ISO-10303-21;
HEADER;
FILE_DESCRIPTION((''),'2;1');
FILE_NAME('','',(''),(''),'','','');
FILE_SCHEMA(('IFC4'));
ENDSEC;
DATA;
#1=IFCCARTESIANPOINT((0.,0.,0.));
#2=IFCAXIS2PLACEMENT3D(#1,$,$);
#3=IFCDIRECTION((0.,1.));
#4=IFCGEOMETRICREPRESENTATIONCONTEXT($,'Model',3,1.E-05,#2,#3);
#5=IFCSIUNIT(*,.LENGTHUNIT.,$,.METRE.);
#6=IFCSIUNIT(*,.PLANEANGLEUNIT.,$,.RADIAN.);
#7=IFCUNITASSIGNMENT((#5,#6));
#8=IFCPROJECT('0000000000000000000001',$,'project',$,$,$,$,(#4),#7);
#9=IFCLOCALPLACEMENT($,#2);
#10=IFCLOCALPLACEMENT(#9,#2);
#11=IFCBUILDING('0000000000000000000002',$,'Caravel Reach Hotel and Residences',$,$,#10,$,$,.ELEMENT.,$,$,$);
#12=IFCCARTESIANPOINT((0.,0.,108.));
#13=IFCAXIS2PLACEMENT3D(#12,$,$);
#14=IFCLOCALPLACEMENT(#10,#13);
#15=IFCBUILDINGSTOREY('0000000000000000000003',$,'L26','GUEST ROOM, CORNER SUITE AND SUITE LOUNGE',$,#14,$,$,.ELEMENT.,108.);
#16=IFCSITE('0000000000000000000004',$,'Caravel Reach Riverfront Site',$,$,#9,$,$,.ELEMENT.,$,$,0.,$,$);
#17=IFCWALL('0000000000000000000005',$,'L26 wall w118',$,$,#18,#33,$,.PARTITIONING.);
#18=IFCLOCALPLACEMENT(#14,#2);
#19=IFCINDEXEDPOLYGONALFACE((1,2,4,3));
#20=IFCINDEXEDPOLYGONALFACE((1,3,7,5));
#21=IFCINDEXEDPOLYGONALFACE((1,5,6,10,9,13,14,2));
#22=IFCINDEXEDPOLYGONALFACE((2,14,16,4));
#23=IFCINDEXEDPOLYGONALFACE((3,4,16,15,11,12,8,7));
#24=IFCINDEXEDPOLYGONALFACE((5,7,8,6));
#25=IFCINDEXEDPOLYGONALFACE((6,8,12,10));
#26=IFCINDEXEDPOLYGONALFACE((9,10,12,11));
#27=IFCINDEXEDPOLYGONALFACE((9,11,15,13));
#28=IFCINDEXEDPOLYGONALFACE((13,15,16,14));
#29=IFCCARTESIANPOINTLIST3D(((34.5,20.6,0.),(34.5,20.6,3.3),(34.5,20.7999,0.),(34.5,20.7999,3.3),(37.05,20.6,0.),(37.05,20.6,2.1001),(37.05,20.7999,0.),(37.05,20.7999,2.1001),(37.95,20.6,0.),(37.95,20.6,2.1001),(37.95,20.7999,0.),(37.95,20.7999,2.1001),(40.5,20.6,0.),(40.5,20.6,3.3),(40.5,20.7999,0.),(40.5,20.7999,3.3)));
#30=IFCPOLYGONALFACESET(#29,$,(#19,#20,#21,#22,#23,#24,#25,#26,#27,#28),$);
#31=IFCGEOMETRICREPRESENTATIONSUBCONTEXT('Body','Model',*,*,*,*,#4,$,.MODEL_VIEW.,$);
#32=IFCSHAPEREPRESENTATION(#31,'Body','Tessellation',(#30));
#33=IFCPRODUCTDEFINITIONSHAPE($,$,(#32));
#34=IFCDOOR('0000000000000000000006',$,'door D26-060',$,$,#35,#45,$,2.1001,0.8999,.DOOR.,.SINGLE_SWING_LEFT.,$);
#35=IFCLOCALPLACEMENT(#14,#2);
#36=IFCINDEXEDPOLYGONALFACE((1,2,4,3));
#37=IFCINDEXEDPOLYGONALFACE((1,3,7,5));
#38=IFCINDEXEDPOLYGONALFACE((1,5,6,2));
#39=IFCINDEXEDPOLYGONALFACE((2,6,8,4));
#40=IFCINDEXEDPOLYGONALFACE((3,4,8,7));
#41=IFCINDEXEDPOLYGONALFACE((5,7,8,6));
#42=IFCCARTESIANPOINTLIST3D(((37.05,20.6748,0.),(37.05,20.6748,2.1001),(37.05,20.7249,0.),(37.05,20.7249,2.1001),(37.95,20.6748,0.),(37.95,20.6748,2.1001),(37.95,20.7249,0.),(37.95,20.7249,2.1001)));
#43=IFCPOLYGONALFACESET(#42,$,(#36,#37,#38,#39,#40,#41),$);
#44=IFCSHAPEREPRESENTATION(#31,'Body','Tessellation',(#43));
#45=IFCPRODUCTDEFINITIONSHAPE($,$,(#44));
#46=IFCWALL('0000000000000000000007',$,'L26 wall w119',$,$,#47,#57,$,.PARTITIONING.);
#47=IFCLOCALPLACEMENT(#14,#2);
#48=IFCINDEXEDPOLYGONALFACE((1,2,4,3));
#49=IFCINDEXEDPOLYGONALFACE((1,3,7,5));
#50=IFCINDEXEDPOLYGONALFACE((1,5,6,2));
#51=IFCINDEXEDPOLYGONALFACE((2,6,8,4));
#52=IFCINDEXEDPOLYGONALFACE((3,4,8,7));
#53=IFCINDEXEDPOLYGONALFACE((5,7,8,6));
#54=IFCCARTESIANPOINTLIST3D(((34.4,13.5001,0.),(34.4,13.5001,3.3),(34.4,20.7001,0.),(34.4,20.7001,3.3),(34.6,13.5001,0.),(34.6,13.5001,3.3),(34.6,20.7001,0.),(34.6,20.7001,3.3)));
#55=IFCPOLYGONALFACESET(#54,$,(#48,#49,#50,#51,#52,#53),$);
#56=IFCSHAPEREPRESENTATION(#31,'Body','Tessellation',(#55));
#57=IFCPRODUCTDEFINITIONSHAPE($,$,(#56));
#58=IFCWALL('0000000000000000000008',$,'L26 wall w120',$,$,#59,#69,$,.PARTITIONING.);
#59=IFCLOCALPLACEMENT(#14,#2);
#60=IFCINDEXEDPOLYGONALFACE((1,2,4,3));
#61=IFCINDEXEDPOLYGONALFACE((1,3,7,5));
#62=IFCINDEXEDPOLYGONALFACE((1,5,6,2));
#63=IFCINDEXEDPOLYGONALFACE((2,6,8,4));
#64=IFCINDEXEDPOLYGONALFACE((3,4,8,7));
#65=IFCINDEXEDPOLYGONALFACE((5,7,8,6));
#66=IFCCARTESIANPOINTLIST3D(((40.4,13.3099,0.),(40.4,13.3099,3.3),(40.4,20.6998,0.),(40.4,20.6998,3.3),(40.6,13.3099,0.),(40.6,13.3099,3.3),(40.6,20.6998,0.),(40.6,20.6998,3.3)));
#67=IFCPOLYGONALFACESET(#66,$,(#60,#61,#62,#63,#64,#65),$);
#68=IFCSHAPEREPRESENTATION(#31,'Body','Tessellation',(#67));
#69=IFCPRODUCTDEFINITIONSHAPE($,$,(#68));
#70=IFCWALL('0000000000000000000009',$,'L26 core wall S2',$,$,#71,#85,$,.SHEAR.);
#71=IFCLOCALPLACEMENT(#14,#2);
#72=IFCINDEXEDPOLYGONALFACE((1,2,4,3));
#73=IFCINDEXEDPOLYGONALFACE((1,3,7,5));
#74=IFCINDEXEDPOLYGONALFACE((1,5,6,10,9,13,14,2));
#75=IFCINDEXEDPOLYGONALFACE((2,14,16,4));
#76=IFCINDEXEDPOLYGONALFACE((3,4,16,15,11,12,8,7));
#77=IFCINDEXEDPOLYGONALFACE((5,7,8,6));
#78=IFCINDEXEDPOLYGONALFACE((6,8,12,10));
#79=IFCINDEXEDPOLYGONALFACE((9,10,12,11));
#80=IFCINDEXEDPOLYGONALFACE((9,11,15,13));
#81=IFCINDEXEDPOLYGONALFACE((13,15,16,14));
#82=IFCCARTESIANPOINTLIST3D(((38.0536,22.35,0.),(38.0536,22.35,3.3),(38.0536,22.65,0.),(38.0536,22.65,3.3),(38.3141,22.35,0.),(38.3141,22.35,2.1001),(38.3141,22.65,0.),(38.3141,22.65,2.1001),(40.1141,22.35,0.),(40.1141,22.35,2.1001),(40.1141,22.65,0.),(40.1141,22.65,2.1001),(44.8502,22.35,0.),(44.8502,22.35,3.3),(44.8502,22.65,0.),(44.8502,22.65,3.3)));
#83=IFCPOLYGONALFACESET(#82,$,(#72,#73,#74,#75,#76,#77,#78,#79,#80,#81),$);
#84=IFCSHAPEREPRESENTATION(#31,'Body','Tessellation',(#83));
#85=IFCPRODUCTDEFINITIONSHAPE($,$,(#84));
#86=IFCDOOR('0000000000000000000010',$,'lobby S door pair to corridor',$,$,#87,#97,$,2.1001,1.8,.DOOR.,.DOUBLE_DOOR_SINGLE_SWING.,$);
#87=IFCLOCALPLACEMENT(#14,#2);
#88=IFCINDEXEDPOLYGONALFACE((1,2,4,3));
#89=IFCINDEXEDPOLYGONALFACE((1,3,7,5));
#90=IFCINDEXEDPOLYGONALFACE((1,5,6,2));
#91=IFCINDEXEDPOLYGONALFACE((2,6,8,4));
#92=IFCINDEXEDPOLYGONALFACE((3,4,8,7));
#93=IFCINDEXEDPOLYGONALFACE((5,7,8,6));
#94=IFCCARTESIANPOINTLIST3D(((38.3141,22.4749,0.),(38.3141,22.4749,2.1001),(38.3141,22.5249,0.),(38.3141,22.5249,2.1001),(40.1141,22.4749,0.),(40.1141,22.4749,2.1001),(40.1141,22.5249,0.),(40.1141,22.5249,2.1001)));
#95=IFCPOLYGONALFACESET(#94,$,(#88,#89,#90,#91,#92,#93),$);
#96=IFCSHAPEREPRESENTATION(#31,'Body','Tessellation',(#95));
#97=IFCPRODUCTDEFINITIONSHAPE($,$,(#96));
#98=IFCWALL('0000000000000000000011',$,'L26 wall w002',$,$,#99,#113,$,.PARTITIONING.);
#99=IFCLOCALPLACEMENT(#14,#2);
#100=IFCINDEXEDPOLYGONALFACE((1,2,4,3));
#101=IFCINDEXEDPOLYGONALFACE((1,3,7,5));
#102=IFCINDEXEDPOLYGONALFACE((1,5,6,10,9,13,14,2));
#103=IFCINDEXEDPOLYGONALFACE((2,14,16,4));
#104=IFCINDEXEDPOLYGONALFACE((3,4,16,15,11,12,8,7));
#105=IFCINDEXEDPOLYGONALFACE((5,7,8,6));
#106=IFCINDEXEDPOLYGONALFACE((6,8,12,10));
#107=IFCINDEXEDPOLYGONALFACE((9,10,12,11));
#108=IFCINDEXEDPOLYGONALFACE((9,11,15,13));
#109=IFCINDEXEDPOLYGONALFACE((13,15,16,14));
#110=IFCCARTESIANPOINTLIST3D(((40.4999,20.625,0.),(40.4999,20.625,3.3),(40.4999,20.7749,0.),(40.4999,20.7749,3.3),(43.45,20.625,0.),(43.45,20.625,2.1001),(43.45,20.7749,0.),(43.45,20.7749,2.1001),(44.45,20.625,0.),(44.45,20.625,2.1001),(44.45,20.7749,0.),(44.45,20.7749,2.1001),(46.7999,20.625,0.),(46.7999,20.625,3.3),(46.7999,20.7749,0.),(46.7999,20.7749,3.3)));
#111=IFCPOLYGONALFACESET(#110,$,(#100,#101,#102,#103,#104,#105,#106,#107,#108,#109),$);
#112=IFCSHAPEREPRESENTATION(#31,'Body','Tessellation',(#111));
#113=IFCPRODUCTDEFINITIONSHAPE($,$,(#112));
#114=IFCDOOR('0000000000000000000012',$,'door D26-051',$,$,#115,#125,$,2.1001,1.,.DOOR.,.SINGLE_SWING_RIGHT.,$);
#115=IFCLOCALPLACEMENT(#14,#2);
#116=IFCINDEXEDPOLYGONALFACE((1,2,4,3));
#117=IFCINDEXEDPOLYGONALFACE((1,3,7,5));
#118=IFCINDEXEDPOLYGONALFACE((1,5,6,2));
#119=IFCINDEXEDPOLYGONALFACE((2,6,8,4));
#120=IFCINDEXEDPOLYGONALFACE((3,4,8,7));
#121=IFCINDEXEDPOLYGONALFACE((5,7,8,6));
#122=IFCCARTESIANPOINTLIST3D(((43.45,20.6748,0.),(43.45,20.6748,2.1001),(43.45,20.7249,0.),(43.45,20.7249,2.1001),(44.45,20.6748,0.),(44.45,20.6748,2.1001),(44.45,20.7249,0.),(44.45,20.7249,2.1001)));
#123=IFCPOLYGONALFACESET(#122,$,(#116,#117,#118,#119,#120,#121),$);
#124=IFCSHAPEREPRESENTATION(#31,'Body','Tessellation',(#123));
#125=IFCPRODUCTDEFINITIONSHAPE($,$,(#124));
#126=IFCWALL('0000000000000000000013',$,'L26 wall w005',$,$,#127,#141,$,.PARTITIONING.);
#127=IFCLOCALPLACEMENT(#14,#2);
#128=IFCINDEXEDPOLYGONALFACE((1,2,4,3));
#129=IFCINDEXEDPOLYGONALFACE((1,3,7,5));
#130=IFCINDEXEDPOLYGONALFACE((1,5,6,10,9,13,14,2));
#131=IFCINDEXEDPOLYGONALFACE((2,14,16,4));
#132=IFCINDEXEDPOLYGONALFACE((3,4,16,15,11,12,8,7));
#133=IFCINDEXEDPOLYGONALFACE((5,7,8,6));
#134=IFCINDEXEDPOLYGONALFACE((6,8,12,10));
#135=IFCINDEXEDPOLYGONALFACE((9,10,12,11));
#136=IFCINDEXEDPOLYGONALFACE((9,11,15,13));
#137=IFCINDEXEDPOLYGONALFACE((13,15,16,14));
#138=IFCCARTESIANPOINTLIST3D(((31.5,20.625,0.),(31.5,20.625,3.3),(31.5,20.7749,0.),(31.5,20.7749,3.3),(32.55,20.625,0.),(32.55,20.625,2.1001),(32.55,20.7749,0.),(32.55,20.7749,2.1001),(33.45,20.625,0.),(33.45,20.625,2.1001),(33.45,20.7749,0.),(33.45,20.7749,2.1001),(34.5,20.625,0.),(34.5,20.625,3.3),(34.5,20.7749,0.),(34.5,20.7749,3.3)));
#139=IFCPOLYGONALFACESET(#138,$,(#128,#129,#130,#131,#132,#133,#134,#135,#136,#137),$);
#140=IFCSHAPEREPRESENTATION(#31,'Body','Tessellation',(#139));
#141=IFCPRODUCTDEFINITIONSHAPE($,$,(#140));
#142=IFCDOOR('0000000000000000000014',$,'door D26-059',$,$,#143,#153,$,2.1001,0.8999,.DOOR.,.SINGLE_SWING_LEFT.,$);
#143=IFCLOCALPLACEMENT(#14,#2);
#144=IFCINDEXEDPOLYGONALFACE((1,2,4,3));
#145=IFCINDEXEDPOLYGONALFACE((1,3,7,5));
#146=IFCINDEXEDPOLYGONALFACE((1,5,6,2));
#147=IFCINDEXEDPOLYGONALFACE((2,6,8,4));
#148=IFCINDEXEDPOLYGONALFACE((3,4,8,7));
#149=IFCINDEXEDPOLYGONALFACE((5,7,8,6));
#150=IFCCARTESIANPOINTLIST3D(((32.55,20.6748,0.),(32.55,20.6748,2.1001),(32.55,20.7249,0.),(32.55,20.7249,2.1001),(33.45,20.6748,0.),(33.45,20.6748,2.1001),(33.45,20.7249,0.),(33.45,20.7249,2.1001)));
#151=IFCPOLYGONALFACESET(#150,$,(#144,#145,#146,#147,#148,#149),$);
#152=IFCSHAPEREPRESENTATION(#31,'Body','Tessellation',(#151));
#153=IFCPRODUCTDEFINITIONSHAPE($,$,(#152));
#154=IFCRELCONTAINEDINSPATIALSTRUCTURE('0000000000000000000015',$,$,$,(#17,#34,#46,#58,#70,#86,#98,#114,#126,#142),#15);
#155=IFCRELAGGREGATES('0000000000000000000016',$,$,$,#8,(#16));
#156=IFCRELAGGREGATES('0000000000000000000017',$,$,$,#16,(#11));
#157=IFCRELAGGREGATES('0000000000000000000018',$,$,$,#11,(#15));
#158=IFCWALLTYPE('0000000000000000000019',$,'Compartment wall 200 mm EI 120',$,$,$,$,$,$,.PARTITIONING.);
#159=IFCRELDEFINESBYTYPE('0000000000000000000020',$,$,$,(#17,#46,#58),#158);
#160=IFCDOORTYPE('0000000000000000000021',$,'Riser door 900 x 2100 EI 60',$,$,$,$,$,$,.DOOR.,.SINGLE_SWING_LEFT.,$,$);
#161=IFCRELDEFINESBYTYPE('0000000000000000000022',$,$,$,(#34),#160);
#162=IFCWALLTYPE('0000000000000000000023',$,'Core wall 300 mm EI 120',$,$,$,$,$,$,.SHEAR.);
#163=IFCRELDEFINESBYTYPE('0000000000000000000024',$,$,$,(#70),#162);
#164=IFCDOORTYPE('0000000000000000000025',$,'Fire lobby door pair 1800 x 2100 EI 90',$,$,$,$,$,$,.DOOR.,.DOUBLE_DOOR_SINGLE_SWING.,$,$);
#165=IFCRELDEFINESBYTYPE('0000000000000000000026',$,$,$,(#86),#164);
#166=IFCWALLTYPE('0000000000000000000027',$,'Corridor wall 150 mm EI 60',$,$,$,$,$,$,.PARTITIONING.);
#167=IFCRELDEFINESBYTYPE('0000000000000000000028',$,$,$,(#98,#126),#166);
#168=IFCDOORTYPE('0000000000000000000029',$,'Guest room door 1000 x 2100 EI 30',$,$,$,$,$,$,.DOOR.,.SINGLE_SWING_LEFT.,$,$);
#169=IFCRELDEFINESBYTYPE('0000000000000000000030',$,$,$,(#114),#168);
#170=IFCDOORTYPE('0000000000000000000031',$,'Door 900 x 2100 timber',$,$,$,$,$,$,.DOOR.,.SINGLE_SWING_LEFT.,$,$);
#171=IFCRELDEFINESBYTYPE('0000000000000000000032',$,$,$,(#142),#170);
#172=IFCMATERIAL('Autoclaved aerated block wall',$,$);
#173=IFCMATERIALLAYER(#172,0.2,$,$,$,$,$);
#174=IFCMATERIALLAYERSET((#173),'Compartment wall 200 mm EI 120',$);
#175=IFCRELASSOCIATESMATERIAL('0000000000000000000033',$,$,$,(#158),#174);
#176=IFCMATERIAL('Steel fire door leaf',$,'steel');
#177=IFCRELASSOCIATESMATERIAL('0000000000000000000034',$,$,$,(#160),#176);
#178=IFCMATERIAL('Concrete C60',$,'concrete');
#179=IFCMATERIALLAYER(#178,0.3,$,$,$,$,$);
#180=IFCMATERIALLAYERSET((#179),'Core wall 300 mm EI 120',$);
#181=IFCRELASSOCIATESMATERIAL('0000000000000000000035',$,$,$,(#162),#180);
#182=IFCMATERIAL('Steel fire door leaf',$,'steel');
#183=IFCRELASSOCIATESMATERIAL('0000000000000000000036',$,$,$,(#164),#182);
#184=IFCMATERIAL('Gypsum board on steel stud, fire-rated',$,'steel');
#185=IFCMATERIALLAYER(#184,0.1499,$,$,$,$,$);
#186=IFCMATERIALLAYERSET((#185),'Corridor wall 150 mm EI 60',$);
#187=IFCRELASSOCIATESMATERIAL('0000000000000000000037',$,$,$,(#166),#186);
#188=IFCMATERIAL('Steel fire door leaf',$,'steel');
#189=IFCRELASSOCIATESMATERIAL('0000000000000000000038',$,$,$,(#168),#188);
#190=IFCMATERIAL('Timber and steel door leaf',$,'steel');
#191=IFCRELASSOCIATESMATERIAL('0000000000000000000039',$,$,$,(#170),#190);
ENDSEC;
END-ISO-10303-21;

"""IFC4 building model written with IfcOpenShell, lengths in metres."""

from ifc_helpers import new_model, si_unit, direction, frame, frame_2d, origin, place, context, subcontext, project, spatial, rectangle, extrude, material, layer, layer_set, type_object, element, fill, save


model = new_model("IFC4")

# Units and contexts
model_context = context("Model", 3, precision=1e-05, world=origin(), true_north=direction((0.0, 1.0)))
body_context = subcontext(model_context, "Body", "Model", "MODEL_VIEW")
ifc_project = project(units=[si_unit("LENGTHUNIT", "METRE"), si_unit("PLANEANGLEUNIT", "RADIAN")], contexts=[model_context])

# Site, building, storey
site_placement = place(None, origin())
site = spatial("IfcSite", under=ifc_project, at=site_placement, Name="Caravel Reach Riverfront Site", CompositionType="ELEMENT", RefElevation=0.0)
building_placement = place(site_placement, origin())
building = spatial("IfcBuilding", under=site, at=building_placement, Name="Caravel Reach Hotel and Residences", CompositionType="ELEMENT")
storey_placement = place(building_placement, frame((0.0, 0.0, 108.0)))
storey = spatial("IfcBuildingStorey", under=building, at=storey_placement, Name="L26", Description="GUEST ROOM, CORNER SUITE AND SUITE LOUNGE", CompositionType="ELEMENT", Elevation=108.0)

# Shared definitions
ifc_material_1 = material(Name="Autoclaved aerated block wall")
ifc_layer_1 = layer(ifc_material_1, 0.2)
ifc_layer_set_1 = layer_set([ifc_layer_1], Name="Compartment wall 200 mm EI 120")
wall_type_1 = type_object("IfcWallType", Name="Compartment wall 200 mm EI 120", PredefinedType="PARTITIONING", material=ifc_layer_set_1)

# Wall, opening, door
wall_1_placement = place(storey_placement, frame((34.5, 20.7, 0.0), z_axis=(0.0, 0.0, 1.0), x_axis=(1.0, 0.0, 0.0)))
wall_1 = element("IfcWall", 1, at=wall_1_placement, inside=storey, type_object=wall_type_1, Name="L26 wall w118", PredefinedType="PARTITIONING", context=body_context, shape_type="SweptSolid", body=[
    extrude(rectangle(XDim=6.0, YDim=0.2, at=frame_2d((3.0, 0.0))), origin(), (0.0, 0.0, 1.0), 3.3),
])
opening_1_placement = place(wall_1_placement, frame((2.55, 0.0, 0.0)))
opening_1 = element("IfcOpeningElement", 2, at=opening_1_placement, cuts=wall_1, PredefinedType="OPENING", context=body_context, shape_type="SweptSolid", body=[
    extrude(rectangle(XDim=0.8999, YDim=2.1001, at=frame_2d((0.45, 1.05))), frame((0.0, 0.1099, 0.0), z_axis=(0.0, -1.0, 0.0), x_axis=(1.0, 0.0, 0.0)), (0.0, 0.0, 1.0), 0.22),
])
ifc_material_2 = material(Name="Steel fire door leaf", Category="steel")
door_type_1 = type_object("IfcDoorType", Name="Riser door 900 x 2100 EI 60", OperationType="SINGLE_SWING_LEFT", PredefinedType="DOOR", material=ifc_material_2)
door_1_placement = place(opening_1_placement, origin())
door_1 = element("IfcDoor", 3, at=door_1_placement, inside=storey, type_object=door_type_1, Name="door D26-060", OperationType="SINGLE_SWING_LEFT", OverallHeight=2.1001, OverallWidth=0.8999, PredefinedType="DOOR", context=body_context, shape_type="SweptSolid", body=[
    extrude(rectangle(XDim=0.8999, YDim=2.1001, at=frame_2d((0.45, 1.05))), frame((0.0, 0.0249, 0.0), z_axis=(0.0, -1.0, 0.0), x_axis=(1.0, 0.0, 0.0)), (0.0, 0.0, 1.0), 0.05),
])
fill(opening_1, door_1)

# Walls
wall_2_placement = place(storey_placement, frame((34.5, 13.5, 0.0), z_axis=(0.0, 0.0, 1.0), x_axis=(0.0, 1.0, 0.0)))
element("IfcWall", 4, at=wall_2_placement, inside=storey, type_object=wall_type_1, Name="L26 wall w119", PredefinedType="PARTITIONING", context=body_context, shape_type="SweptSolid", body=[
    extrude(rectangle(XDim=7.2, YDim=0.2, at=frame_2d((3.6001, 0.0))), origin(), (0.0, 0.0, 1.0), 3.3),
])
wall_3_placement = place(storey_placement, frame((40.5, 13.3101, 0.0), z_axis=(0.0, 0.0, 1.0), x_axis=(0.0, 1.0, 0.0)))
element("IfcWall", 5, at=wall_3_placement, inside=storey, type_object=wall_type_1, Name="L26 wall w120", PredefinedType="PARTITIONING", context=body_context, shape_type="SweptSolid", body=[
    extrude(rectangle(XDim=7.3899, YDim=0.2, at=frame_2d((3.6948, 0.0))), origin(), (0.0, 0.0, 1.0), 3.3),
])

# Walls, openings, doors
ifc_material_3 = material(Name="Concrete C60", Category="concrete")
ifc_layer_2 = layer(ifc_material_3, 0.3)
ifc_layer_set_2 = layer_set([ifc_layer_2], Name="Core wall 300 mm EI 120")
wall_type_2 = type_object("IfcWallType", Name="Core wall 300 mm EI 120", PredefinedType="SHEAR", material=ifc_layer_set_2)
wall_4_placement = place(storey_placement, frame((38.0535, 22.5, 0.0), z_axis=(0.0, 0.0, 1.0), x_axis=(1.0, 0.0, 0.0)))
wall_4 = element("IfcWall", 6, at=wall_4_placement, inside=storey, type_object=wall_type_2, Name="L26 core wall S2", PredefinedType="SHEAR", context=body_context, shape_type="SweptSolid", body=[
    extrude(rectangle(XDim=6.7966, YDim=0.3, at=frame_2d((3.3984, 0.0))), origin(), (0.0, 0.0, 1.0), 3.3),
])
opening_2_placement = place(wall_4_placement, frame((0.2607, 0.0, 0.0)))
opening_2 = element("IfcOpeningElement", 7, at=opening_2_placement, cuts=wall_4, PredefinedType="OPENING", context=body_context, shape_type="SweptSolid", body=[
    extrude(rectangle(XDim=1.8, YDim=2.1001, at=frame_2d((0.8999, 1.05))), frame((0.0, 0.1599, 0.0), z_axis=(0.0, -1.0, 0.0), x_axis=(1.0, 0.0, 0.0)), (0.0, 0.0, 1.0), 0.3201),
])
ifc_material_4 = material(Name="Steel fire door leaf", Category="steel")
door_type_2 = type_object("IfcDoorType", Name="Fire lobby door pair 1800 x 2100 EI 90", OperationType="DOUBLE_DOOR_SINGLE_SWING", PredefinedType="DOOR", material=ifc_material_4)
door_2_placement = place(opening_2_placement, origin())
door_2 = element("IfcDoor", 8, at=door_2_placement, inside=storey, type_object=door_type_2, Name="lobby S door pair to corridor", OperationType="DOUBLE_DOOR_SINGLE_SWING", OverallHeight=2.1001, OverallWidth=1.8, PredefinedType="DOOR", context=body_context, shape_type="SweptSolid", body=[
    extrude(rectangle(XDim=1.8, YDim=2.1001, at=frame_2d((0.8999, 1.05))), frame((0.0, 0.0249, 0.0), z_axis=(0.0, -1.0, 0.0), x_axis=(1.0, 0.0, 0.0)), (0.0, 0.0, 1.0), 0.05),
])
fill(opening_2, door_2)
ifc_material_5 = material(Name="Gypsum board on steel stud, fire-rated", Category="steel")
ifc_layer_3 = layer(ifc_material_5, 0.1499)
ifc_layer_set_3 = layer_set([ifc_layer_3], Name="Corridor wall 150 mm EI 60")
wall_type_3 = type_object("IfcWallType", Name="Corridor wall 150 mm EI 60", PredefinedType="PARTITIONING", material=ifc_layer_set_3)
wall_5_placement = place(storey_placement, frame((40.5, 20.7, 0.0), z_axis=(0.0, 0.0, 1.0), x_axis=(1.0, 0.0, 0.0)))
wall_5 = element("IfcWall", 9, at=wall_5_placement, inside=storey, type_object=wall_type_3, Name="L26 wall w002", PredefinedType="PARTITIONING", context=body_context, shape_type="SweptSolid", body=[
    extrude(rectangle(XDim=6.3, YDim=0.1499, at=frame_2d((3.1499, 0.0))), origin(), (0.0, 0.0, 1.0), 3.3),
])
opening_3_placement = place(wall_5_placement, frame((2.95, 0.0, 0.0)))
opening_3 = element("IfcOpeningElement", 10, at=opening_3_placement, cuts=wall_5, PredefinedType="OPENING", context=body_context, shape_type="SweptSolid", body=[
    extrude(rectangle(XDim=1.0, YDim=2.1001, at=frame_2d((0.5, 1.05))), frame((0.0, 0.085, 0.0), z_axis=(0.0, -1.0, 0.0), x_axis=(1.0, 0.0, 0.0)), (0.0, 0.0, 1.0), 0.1699),
])
ifc_material_6 = material(Name="Steel fire door leaf", Category="steel")
door_type_3 = type_object("IfcDoorType", Name="Guest room door 1000 x 2100 EI 30", OperationType="SINGLE_SWING_LEFT", PredefinedType="DOOR", material=ifc_material_6)
door_3_placement = place(opening_3_placement, origin())
door_3 = element("IfcDoor", 11, at=door_3_placement, inside=storey, type_object=door_type_3, Name="door D26-051", OperationType="SINGLE_SWING_RIGHT", OverallHeight=2.1001, OverallWidth=1.0, PredefinedType="DOOR", context=body_context, shape_type="SweptSolid", body=[
    extrude(rectangle(XDim=1.0, YDim=2.1001, at=frame_2d((0.5, 1.05))), frame((0.0, 0.0249, 0.0), z_axis=(0.0, -1.0, 0.0), x_axis=(1.0, 0.0, 0.0)), (0.0, 0.0, 1.0), 0.05),
])
fill(opening_3, door_3)
wall_6_placement = place(storey_placement, frame((31.5, 20.7, 0.0), z_axis=(0.0, 0.0, 1.0), x_axis=(1.0, 0.0, 0.0)))
wall_6 = element("IfcWall", 12, at=wall_6_placement, inside=storey, type_object=wall_type_3, Name="L26 wall w005", PredefinedType="PARTITIONING", context=body_context, shape_type="SweptSolid", body=[
    extrude(rectangle(XDim=3.0, YDim=0.1499, at=frame_2d((1.5, 0.0))), origin(), (0.0, 0.0, 1.0), 3.3),
])
opening_4_placement = place(wall_6_placement, frame((1.05, 0.0, 0.0)))
opening_4 = element("IfcOpeningElement", 13, at=opening_4_placement, cuts=wall_6, PredefinedType="OPENING", context=body_context, shape_type="SweptSolid", body=[
    extrude(rectangle(XDim=0.8999, YDim=2.1001, at=frame_2d((0.45, 1.05))), frame((0.0, 0.085, 0.0), z_axis=(0.0, -1.0, 0.0), x_axis=(1.0, 0.0, 0.0)), (0.0, 0.0, 1.0), 0.1699),
])
ifc_material_7 = material(Name="Timber and steel door leaf", Category="steel")
door_type_4 = type_object("IfcDoorType", Name="Door 900 x 2100 timber", OperationType="SINGLE_SWING_LEFT", PredefinedType="DOOR", material=ifc_material_7)
door_4_placement = place(opening_4_placement, origin())
door_4 = element("IfcDoor", 14, at=door_4_placement, inside=storey, type_object=door_type_4, Name="door D26-059", OperationType="SINGLE_SWING_LEFT", OverallHeight=2.1001, OverallWidth=0.8999, PredefinedType="DOOR", context=body_context, shape_type="SweptSolid", body=[
    extrude(rectangle(XDim=0.8999, YDim=2.1001, at=frame_2d((0.45, 1.05))), frame((0.0, 0.0249, 0.0), z_axis=(0.0, -1.0, 0.0), x_axis=(1.0, 0.0, 0.0)), (0.0, 0.0, 1.0), 0.05),
])
fill(opening_4, door_4)

save(model, "model.ifc")
